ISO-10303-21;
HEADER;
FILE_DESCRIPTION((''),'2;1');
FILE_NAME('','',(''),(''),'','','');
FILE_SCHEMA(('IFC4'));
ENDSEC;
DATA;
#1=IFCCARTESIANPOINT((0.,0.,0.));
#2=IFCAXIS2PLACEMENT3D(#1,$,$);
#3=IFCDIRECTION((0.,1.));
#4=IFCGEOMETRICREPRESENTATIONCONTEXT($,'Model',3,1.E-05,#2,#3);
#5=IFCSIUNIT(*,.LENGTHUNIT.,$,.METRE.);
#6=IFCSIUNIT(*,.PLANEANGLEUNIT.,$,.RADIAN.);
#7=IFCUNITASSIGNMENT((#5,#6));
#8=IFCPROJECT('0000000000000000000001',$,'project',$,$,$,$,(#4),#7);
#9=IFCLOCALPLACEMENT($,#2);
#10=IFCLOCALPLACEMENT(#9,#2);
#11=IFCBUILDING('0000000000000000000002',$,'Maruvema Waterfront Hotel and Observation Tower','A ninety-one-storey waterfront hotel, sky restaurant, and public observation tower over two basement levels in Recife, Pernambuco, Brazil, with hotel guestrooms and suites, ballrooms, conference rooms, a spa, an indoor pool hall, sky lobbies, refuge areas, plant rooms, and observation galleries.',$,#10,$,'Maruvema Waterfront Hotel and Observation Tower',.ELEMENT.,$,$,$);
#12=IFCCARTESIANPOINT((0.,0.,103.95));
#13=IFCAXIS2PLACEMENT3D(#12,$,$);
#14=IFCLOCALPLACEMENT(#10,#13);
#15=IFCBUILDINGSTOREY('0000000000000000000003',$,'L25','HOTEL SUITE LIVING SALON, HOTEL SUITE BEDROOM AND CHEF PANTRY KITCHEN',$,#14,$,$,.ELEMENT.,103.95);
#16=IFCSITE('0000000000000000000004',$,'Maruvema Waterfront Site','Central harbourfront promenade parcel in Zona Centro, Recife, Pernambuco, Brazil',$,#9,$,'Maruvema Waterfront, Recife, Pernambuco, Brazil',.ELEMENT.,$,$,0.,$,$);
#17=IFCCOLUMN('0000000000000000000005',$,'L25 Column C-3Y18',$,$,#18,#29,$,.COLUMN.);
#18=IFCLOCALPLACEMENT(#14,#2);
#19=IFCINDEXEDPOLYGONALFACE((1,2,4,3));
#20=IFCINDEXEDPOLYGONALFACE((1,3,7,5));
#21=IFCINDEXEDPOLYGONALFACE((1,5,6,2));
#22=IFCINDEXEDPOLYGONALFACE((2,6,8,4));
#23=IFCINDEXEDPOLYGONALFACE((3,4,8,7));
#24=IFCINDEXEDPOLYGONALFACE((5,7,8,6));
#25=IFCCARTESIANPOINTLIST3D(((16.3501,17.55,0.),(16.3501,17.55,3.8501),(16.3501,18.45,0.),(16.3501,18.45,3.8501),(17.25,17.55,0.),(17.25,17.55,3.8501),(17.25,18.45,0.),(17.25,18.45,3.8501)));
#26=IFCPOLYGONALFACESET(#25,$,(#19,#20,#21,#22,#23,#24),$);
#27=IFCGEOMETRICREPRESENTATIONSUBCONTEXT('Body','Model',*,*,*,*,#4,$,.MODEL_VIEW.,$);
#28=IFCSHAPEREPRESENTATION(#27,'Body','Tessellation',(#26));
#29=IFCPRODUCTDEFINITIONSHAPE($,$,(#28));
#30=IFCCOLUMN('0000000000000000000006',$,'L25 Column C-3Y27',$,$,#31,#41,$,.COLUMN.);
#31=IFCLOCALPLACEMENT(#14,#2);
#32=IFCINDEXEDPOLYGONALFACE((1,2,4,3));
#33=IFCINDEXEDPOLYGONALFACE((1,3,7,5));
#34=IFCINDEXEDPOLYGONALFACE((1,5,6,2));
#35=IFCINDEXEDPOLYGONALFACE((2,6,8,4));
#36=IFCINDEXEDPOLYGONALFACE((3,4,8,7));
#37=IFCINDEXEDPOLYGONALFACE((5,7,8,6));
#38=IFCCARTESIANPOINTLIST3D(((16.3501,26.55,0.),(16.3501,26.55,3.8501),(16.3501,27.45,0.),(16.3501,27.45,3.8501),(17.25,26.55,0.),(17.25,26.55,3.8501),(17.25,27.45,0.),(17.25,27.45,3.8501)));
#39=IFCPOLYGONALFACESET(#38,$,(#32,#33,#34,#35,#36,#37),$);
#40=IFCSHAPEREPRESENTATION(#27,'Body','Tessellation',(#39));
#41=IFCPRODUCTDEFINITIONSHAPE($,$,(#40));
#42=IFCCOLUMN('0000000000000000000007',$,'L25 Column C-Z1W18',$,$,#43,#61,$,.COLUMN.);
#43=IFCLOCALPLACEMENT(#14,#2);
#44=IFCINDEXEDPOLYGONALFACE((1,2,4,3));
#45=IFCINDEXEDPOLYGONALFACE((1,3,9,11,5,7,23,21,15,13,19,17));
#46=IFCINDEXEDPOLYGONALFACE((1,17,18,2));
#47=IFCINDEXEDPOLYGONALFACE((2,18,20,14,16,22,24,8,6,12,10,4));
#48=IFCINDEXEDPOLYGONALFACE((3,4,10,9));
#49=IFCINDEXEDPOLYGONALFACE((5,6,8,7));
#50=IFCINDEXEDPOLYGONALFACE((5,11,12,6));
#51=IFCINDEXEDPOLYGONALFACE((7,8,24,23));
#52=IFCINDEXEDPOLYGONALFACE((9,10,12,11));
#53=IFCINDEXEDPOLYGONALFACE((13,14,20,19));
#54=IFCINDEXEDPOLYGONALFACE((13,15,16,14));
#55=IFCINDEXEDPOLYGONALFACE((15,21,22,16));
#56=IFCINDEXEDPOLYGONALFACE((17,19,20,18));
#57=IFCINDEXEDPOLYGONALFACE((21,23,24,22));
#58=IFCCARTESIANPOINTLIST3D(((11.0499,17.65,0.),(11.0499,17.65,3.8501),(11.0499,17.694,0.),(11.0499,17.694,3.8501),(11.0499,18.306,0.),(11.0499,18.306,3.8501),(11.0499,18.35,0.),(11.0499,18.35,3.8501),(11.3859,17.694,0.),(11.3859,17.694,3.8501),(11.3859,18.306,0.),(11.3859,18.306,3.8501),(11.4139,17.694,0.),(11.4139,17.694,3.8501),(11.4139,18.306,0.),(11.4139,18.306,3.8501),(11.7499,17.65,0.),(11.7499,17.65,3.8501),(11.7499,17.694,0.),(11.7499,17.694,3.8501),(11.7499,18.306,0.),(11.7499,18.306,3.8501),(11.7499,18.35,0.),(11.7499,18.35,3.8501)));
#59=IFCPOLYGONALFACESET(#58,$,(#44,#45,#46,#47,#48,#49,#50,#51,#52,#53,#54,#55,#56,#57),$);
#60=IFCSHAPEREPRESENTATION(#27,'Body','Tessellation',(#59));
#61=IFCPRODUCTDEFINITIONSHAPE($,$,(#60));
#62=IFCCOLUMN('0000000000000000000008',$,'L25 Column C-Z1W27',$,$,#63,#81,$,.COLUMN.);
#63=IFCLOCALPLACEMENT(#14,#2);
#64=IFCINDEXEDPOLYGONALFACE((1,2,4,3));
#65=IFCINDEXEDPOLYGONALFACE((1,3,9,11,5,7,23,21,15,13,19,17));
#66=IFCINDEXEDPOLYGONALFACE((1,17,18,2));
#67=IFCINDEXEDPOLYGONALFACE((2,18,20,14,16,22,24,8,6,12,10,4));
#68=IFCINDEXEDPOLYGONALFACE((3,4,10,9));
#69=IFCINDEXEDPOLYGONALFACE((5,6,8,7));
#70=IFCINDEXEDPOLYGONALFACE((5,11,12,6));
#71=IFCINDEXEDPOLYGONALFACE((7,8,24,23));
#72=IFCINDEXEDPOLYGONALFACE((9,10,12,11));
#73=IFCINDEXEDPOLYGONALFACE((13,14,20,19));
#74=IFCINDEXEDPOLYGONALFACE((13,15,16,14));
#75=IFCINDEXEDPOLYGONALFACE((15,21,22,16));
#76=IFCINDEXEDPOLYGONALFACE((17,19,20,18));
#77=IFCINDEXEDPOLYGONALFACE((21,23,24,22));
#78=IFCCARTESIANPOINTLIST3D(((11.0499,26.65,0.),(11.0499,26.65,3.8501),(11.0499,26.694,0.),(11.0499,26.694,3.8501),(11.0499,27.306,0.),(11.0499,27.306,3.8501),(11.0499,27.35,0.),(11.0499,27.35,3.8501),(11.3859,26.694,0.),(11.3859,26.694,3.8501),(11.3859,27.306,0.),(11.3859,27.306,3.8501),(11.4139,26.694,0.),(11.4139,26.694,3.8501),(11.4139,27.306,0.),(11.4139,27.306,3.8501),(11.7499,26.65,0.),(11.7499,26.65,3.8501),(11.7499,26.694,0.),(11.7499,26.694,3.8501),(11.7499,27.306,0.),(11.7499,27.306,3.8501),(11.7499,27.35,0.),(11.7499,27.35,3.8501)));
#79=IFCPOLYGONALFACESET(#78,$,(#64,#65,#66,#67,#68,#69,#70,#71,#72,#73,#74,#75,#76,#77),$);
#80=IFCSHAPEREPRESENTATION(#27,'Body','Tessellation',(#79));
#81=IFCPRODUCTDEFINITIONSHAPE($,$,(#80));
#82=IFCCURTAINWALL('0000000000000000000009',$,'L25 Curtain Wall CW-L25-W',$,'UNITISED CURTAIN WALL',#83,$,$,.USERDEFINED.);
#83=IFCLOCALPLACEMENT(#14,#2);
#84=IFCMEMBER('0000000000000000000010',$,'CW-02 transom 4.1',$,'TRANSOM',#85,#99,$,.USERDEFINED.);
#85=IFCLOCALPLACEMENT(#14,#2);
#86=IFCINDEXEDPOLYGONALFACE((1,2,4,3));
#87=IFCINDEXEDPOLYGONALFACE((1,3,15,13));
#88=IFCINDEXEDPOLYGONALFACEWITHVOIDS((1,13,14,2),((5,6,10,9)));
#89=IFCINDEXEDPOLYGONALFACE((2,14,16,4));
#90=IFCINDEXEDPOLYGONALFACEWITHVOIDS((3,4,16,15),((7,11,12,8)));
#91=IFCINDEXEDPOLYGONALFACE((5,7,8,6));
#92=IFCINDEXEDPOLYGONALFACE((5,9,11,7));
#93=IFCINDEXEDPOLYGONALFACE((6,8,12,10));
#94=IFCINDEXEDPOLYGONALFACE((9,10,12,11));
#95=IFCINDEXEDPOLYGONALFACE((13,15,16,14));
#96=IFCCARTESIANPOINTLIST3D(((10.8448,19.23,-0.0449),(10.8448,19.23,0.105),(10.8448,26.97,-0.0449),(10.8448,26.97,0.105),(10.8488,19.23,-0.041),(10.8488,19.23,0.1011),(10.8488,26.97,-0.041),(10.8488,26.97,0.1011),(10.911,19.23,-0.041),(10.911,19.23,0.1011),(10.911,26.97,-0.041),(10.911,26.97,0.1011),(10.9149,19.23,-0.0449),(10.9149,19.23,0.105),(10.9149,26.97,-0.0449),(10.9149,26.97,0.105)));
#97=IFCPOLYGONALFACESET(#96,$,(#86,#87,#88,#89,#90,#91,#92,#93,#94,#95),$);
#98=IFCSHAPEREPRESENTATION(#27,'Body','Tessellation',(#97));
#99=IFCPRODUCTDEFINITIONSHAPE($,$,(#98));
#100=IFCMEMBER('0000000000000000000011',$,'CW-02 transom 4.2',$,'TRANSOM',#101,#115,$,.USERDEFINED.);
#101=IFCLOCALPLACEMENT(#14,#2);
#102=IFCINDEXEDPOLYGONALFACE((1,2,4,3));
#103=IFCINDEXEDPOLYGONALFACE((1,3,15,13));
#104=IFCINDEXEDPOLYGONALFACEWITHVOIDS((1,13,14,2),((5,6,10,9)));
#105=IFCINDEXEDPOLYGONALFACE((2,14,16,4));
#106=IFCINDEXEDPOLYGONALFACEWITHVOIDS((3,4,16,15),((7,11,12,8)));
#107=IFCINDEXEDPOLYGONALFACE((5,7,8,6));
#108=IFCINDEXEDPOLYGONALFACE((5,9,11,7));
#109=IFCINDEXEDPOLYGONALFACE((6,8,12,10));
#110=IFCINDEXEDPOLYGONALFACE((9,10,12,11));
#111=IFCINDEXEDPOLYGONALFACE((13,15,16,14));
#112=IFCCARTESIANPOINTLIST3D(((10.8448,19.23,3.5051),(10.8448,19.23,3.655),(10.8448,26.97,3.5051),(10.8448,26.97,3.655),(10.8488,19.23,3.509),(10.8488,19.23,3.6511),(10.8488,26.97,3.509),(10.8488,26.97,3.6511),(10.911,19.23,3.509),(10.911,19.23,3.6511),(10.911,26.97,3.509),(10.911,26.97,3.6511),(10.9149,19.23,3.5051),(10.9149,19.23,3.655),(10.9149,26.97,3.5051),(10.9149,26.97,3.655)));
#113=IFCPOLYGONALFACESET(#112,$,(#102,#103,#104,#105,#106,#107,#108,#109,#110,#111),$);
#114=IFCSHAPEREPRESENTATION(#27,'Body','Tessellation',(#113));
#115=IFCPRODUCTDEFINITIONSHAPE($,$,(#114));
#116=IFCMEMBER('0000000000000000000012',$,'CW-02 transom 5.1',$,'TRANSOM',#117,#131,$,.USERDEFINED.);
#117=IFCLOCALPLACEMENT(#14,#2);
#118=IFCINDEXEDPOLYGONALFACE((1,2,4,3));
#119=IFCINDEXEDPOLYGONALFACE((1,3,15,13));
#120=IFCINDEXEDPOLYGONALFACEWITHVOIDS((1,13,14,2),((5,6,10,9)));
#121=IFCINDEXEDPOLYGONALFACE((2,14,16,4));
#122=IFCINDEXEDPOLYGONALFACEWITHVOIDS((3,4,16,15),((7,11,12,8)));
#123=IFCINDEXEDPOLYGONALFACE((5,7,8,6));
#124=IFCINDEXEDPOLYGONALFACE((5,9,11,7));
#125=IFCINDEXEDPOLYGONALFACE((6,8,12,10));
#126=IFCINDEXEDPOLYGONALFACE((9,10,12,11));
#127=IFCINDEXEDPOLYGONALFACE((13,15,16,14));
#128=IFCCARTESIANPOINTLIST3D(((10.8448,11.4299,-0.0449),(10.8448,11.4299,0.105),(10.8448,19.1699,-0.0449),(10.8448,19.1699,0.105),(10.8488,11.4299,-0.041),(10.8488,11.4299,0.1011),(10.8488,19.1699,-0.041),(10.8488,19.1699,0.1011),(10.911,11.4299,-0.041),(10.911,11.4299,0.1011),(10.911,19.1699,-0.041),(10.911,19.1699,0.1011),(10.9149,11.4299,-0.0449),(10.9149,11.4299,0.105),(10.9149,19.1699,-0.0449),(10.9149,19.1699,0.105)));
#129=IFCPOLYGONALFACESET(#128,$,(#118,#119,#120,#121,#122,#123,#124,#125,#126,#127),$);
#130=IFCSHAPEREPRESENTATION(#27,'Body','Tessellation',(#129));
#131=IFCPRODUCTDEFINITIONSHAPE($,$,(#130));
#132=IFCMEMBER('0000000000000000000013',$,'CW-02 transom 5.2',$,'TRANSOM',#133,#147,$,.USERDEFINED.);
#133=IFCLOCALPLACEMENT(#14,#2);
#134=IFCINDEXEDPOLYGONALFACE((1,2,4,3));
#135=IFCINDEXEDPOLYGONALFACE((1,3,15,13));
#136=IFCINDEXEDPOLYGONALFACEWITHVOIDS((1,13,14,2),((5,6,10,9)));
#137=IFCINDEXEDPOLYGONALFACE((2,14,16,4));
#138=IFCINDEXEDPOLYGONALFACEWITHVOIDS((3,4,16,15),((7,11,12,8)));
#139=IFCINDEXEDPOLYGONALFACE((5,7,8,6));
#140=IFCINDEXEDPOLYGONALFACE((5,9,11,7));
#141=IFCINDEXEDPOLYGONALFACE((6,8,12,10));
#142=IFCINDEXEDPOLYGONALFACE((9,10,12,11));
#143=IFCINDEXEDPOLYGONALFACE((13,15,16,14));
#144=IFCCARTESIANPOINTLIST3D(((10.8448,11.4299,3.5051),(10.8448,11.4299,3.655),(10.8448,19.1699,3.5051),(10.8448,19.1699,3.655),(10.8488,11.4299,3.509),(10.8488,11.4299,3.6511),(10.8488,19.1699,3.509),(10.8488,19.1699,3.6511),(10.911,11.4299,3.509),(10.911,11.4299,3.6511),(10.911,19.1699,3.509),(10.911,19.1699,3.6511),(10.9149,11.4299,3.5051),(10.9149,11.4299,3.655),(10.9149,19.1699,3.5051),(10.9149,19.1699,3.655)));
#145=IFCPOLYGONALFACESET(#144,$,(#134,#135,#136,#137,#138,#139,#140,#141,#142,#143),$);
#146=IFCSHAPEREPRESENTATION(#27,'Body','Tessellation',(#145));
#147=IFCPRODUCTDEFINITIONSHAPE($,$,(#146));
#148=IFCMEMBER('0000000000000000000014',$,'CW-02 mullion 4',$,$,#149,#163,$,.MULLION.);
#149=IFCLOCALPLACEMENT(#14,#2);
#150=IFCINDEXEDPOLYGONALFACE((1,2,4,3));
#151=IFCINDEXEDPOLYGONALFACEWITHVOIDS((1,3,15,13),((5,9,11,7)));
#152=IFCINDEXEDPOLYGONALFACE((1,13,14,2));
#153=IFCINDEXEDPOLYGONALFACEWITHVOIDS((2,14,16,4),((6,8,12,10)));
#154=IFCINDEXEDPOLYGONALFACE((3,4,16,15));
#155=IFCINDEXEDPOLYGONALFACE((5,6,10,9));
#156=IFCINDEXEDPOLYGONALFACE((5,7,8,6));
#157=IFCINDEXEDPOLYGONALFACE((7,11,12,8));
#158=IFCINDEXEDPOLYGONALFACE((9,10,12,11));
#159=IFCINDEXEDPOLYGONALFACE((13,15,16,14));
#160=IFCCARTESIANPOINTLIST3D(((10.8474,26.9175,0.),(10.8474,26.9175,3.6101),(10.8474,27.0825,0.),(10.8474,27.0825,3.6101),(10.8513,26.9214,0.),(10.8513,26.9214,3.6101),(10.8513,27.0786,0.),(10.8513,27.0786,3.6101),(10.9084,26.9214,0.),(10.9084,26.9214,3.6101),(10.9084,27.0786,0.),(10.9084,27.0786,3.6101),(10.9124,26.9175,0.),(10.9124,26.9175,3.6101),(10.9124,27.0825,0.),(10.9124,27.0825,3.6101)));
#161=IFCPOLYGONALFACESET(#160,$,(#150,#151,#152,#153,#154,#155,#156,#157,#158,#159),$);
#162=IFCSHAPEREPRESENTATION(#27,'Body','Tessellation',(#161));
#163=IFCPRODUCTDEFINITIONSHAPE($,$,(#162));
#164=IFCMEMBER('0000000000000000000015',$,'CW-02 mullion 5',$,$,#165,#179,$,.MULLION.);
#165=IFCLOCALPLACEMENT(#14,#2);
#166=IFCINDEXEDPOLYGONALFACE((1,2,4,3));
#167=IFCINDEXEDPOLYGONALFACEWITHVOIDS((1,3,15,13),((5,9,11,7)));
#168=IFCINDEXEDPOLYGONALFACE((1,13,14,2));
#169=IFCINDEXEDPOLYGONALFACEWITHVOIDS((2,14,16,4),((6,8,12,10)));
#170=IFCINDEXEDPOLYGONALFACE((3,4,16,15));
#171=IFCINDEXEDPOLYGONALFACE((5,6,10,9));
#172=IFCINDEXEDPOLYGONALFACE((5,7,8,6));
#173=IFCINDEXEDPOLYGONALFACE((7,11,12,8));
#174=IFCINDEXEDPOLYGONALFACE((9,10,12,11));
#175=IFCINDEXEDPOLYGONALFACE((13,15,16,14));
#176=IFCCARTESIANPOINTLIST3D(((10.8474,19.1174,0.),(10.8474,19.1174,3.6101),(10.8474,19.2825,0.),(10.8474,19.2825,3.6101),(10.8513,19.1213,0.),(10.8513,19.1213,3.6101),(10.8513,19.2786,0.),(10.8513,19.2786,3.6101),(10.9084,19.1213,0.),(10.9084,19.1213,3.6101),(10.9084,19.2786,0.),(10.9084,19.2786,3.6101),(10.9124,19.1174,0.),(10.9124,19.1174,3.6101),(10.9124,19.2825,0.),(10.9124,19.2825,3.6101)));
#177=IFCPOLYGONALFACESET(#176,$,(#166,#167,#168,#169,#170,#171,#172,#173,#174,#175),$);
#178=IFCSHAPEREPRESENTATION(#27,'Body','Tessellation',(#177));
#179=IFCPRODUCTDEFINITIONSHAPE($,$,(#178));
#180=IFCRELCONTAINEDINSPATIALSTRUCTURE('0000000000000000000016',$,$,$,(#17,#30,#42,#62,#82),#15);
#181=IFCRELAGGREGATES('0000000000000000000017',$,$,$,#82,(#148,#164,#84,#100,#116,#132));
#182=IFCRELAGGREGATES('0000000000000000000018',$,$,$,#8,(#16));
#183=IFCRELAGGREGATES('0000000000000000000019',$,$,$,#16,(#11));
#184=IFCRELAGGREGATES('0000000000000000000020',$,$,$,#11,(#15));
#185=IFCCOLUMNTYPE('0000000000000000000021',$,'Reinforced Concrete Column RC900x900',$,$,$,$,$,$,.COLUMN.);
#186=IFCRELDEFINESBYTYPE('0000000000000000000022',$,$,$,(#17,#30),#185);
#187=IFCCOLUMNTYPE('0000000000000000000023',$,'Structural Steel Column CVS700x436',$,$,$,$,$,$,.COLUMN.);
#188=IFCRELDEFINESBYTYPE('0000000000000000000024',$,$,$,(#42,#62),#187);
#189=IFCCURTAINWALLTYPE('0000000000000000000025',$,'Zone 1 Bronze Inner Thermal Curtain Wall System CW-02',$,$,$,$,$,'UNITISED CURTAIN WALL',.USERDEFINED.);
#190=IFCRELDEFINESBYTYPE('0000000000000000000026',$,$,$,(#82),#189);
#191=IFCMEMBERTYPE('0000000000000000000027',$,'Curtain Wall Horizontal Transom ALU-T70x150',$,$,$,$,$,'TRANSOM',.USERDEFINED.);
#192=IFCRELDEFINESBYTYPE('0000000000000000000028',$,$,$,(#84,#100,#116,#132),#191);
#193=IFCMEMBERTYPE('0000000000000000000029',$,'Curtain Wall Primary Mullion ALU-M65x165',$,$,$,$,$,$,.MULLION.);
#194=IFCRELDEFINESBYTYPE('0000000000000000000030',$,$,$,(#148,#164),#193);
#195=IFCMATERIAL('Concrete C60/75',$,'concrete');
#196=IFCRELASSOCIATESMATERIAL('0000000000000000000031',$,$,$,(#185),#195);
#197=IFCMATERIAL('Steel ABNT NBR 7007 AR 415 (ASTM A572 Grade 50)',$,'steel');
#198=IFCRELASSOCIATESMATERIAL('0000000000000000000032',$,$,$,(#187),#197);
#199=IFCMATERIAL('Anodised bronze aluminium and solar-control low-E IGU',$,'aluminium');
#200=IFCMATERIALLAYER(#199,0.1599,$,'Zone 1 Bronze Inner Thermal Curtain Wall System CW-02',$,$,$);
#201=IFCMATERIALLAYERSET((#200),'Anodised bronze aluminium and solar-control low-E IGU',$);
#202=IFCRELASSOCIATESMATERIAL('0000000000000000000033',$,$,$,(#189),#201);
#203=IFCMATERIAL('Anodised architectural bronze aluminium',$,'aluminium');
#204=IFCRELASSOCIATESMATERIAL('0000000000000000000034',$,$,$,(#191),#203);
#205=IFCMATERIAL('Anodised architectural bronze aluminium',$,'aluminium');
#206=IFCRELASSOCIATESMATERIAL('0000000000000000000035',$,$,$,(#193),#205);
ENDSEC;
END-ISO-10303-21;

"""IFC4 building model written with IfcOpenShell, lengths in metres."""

from ifc_helpers import new_model, si_unit, direction, frame, origin, origin_2d, place, context, subcontext, project, spatial, rectangle, hollow_rectangle, i_section, extrude, material, layer, layer_set, material_profile, profile_set, type_object, element, aggregate, save


model = new_model("IFC4")

# Units and contexts
model_context = context("Model", 3, precision=1e-05, world=origin(), true_north=direction((0.0, 1.0)))
body_context = subcontext(model_context, "Body", "Model", "MODEL_VIEW")
ifc_project = project(units=[si_unit("LENGTHUNIT", "METRE"), si_unit("PLANEANGLEUNIT", "RADIAN")], contexts=[model_context])

# Site, building, storey
site_placement = place(None, origin())
site = spatial("IfcSite", under=ifc_project, at=site_placement, Name="Maruvema Waterfront Site", Description="Central harbourfront promenade parcel in Zona Centro, Recife, Pernambuco, Brazil", LongName="Maruvema Waterfront, Recife, Pernambuco, Brazil", CompositionType="ELEMENT", RefElevation=0.0)
building_placement = place(site_placement, origin())
building = spatial("IfcBuilding", under=site, at=building_placement, Name="Maruvema Waterfront Hotel and Observation Tower", Description="A ninety-one-storey waterfront hotel, sky restaurant, and public observation tower over two basement levels in Recife, Pernambuco, Brazil, with hotel guestrooms and suites, ballrooms, conference rooms, a spa, an indoor pool hall, sky lobbies, refuge areas, plant rooms, and observation galleries.", LongName="Maruvema Waterfront Hotel and Observation Tower", CompositionType="ELEMENT")
storey_placement = place(building_placement, frame((0.0, 0.0, 103.95)))
storey = spatial("IfcBuildingStorey", under=building, at=storey_placement, Name="L25", Description="HOTEL SUITE LIVING SALON, HOTEL SUITE BEDROOM AND CHEF PANTRY KITCHEN", CompositionType="ELEMENT", Elevation=103.95)

# Columns
ifc_material_1 = material(Name="Concrete C60/75", Category="concrete")
ifc_material_profile_1 = material_profile(ifc_material_1, rectangle(XDim=0.8999, YDim=0.8999, at=origin_2d()), Name="RC900x900")
ifc_profile_set_1 = profile_set([ifc_material_profile_1], Name="Concrete C60/75")
column_type_1 = type_object("IfcColumnType", Name="Reinforced Concrete Column RC900x900", PredefinedType="COLUMN", material=ifc_profile_set_1)
for number, where, z_axis, x_axis, name in (
    (1, (16.8, 18.0, 0.0), (0.0, 0.0, 1.0), (1.0, 0.0, 0.0), "L25 Column C-3Y18"),
    (2, (16.8, 27.0, 0.0), (0.0, 0.0, 1.0), (1.0, 0.0, 0.0), "L25 Column C-3Y27"),
):
    element("IfcColumn", number, at=place(storey_placement, frame(where, z_axis=z_axis, x_axis=x_axis)), inside=storey, type_object=column_type_1, Name=name, PredefinedType="COLUMN", context=body_context, shape_type="SweptSolid", body=[
        extrude(rectangle(XDim=0.8999, YDim=0.8999, at=origin_2d()), origin(), (0.0, 0.0, 1.0), 3.8501),
    ])
ifc_material_2 = material(Name="Steel ABNT NBR 7007 AR 415 (ASTM A572 Grade 50)", Category="steel")
ifc_material_profile_2 = material_profile(ifc_material_2, i_section(OverallWidth=0.7, OverallDepth=0.7, WebThickness=0.0281, FlangeThickness=0.0439, at=origin_2d()), Name="CVS700x436")
ifc_profile_set_2 = profile_set([ifc_material_profile_2], Name="Steel ABNT NBR 7007 AR 415 (ASTM A572 Grade 50)")
column_type_2 = type_object("IfcColumnType", Name="Structural Steel Column CVS700x436", PredefinedType="COLUMN", material=ifc_profile_set_2)
for number, where, z_axis, x_axis, name in (
    (3, (11.3999, 18.0, 0.0), (0.0, 0.0, 1.0), (1.0, 0.0, 0.0), "L25 Column C-Z1W18"),
    (4, (11.3999, 27.0, 0.0), (0.0, 0.0, 1.0), (1.0, 0.0, 0.0), "L25 Column C-Z1W27"),
):
    element("IfcColumn", number, at=place(storey_placement, frame(where, z_axis=z_axis, x_axis=x_axis)), inside=storey, type_object=column_type_2, Name=name, PredefinedType="COLUMN", context=body_context, shape_type="SweptSolid", body=[
        extrude(i_section(OverallWidth=0.7, OverallDepth=0.7, WebThickness=0.0281, FlangeThickness=0.0439, at=origin_2d()), origin(), (0.0, 0.0, 1.0), 3.8501),
    ])

# Curtain wall, members
ifc_material_3 = material(Name="Anodised bronze aluminium and solar-control low-E IGU", Category="aluminium")
ifc_layer_1 = layer(ifc_material_3, 0.1599, Name="Zone 1 Bronze Inner Thermal Curtain Wall System CW-02")
ifc_layer_set_1 = layer_set([ifc_layer_1], Name="Anodised bronze aluminium and solar-control low-E IGU")
curtain_wall_type = type_object("IfcCurtainWallType", Name="Zone 1 Bronze Inner Thermal Curtain Wall System CW-02", ElementType="UNITISED CURTAIN WALL", PredefinedType="USERDEFINED", material=ifc_layer_set_1)
curtain_wall_placement = place(storey_placement, origin())
curtain_wall = element("IfcCurtainWall", 5, at=curtain_wall_placement, inside=storey, type_object=curtain_wall_type, Name="L25 Curtain Wall CW-L25-W", ObjectType="UNITISED CURTAIN WALL", PredefinedType="USERDEFINED")
ifc_material_4 = material(Name="Anodised architectural bronze aluminium", Category="aluminium")
ifc_material_profile_3 = material_profile(ifc_material_4, hollow_rectangle(XDim=0.0701, YDim=0.1499, WallThickness=0.0039, at=origin_2d()), Name="ALU-T70x150")
ifc_profile_set_3 = profile_set([ifc_material_profile_3], Name="Anodised architectural bronze aluminium")
member_type_1 = type_object("IfcMemberType", Name="Curtain Wall Horizontal Transom ALU-T70x150", ElementType="TRANSOM", PredefinedType="USERDEFINED", material=ifc_profile_set_3)
member_1_placement = place(storey_placement, frame((10.8799, 26.97, 0.03), z_axis=(0.0, -1.0, 0.0), x_axis=(1.0, 0.0, 0.0)))
member_1 = element("IfcMember", 6, at=member_1_placement, type_object=member_type_1, Name="CW-02 transom 4.1", ObjectType="TRANSOM", PredefinedType="USERDEFINED", context=body_context, shape_type="SweptSolid", body=[
    extrude(hollow_rectangle(XDim=0.0701, YDim=0.1499, WallThickness=0.0039, at=origin_2d()), origin(), (0.0, 0.0, 1.0), 7.74),
])
member_2_placement = place(storey_placement, frame((10.8799, 26.97, 3.5801), z_axis=(0.0, -1.0, 0.0), x_axis=(1.0, 0.0, 0.0)))
member_2 = element("IfcMember", 7, at=member_2_placement, type_object=member_type_1, Name="CW-02 transom 4.2", ObjectType="TRANSOM", PredefinedType="USERDEFINED", context=body_context, shape_type="SweptSolid", body=[
    extrude(hollow_rectangle(XDim=0.0701, YDim=0.1499, WallThickness=0.0039, at=origin_2d()), origin(), (0.0, 0.0, 1.0), 7.74),
])
member_3_placement = place(storey_placement, frame((10.8799, 19.1699, 0.03), z_axis=(0.0, -1.0, 0.0), x_axis=(1.0, 0.0, 0.0)))
member_3 = element("IfcMember", 8, at=member_3_placement, type_object=member_type_1, Name="CW-02 transom 5.1", ObjectType="TRANSOM", PredefinedType="USERDEFINED", context=body_context, shape_type="SweptSolid", body=[
    extrude(hollow_rectangle(XDim=0.0701, YDim=0.1499, WallThickness=0.0039, at=origin_2d()), origin(), (0.0, 0.0, 1.0), 7.74),
])
member_4_placement = place(storey_placement, frame((10.8799, 19.1699, 3.5801), z_axis=(0.0, -1.0, 0.0), x_axis=(1.0, 0.0, 0.0)))
member_4 = element("IfcMember", 9, at=member_4_placement, type_object=member_type_1, Name="CW-02 transom 5.2", ObjectType="TRANSOM", PredefinedType="USERDEFINED", context=body_context, shape_type="SweptSolid", body=[
    extrude(hollow_rectangle(XDim=0.0701, YDim=0.1499, WallThickness=0.0039, at=origin_2d()), origin(), (0.0, 0.0, 1.0), 7.74),
])
ifc_material_5 = material(Name="Anodised architectural bronze aluminium", Category="aluminium")
ifc_material_profile_4 = material_profile(ifc_material_5, hollow_rectangle(XDim=0.0649, YDim=0.165, WallThickness=0.0039, at=origin_2d()), Name="ALU-M65x165")
ifc_profile_set_4 = profile_set([ifc_material_profile_4], Name="Anodised architectural bronze aluminium")
member_type_2 = type_object("IfcMemberType", Name="Curtain Wall Primary Mullion ALU-M65x165", PredefinedType="MULLION", material=ifc_profile_set_4)
member_5_placement = place(storey_placement, frame((10.8799, 27.0, 0.0), z_axis=(0.0, 0.0, 1.0), x_axis=(1.0, 0.0, 0.0)))
member_5 = element("IfcMember", 10, at=member_5_placement, type_object=member_type_2, Name="CW-02 mullion 4", PredefinedType="MULLION", context=body_context, shape_type="SweptSolid", body=[
    extrude(hollow_rectangle(XDim=0.0649, YDim=0.165, WallThickness=0.0039, at=origin_2d()), origin(), (0.0, 0.0, 1.0), 3.6101),
])
member_6_placement = place(storey_placement, frame((10.8799, 19.2, 0.0), z_axis=(0.0, 0.0, 1.0), x_axis=(1.0, 0.0, 0.0)))
member_6 = element("IfcMember", 11, at=member_6_placement, type_object=member_type_2, Name="CW-02 mullion 5", PredefinedType="MULLION", context=body_context, shape_type="SweptSolid", body=[
    extrude(hollow_rectangle(XDim=0.0649, YDim=0.165, WallThickness=0.0039, at=origin_2d()), origin(), (0.0, 0.0, 1.0), 3.6101),
])

aggregate(curtain_wall, [member_5, member_6, member_1, member_2, member_3, member_4])

save(model, "model.ifc")
